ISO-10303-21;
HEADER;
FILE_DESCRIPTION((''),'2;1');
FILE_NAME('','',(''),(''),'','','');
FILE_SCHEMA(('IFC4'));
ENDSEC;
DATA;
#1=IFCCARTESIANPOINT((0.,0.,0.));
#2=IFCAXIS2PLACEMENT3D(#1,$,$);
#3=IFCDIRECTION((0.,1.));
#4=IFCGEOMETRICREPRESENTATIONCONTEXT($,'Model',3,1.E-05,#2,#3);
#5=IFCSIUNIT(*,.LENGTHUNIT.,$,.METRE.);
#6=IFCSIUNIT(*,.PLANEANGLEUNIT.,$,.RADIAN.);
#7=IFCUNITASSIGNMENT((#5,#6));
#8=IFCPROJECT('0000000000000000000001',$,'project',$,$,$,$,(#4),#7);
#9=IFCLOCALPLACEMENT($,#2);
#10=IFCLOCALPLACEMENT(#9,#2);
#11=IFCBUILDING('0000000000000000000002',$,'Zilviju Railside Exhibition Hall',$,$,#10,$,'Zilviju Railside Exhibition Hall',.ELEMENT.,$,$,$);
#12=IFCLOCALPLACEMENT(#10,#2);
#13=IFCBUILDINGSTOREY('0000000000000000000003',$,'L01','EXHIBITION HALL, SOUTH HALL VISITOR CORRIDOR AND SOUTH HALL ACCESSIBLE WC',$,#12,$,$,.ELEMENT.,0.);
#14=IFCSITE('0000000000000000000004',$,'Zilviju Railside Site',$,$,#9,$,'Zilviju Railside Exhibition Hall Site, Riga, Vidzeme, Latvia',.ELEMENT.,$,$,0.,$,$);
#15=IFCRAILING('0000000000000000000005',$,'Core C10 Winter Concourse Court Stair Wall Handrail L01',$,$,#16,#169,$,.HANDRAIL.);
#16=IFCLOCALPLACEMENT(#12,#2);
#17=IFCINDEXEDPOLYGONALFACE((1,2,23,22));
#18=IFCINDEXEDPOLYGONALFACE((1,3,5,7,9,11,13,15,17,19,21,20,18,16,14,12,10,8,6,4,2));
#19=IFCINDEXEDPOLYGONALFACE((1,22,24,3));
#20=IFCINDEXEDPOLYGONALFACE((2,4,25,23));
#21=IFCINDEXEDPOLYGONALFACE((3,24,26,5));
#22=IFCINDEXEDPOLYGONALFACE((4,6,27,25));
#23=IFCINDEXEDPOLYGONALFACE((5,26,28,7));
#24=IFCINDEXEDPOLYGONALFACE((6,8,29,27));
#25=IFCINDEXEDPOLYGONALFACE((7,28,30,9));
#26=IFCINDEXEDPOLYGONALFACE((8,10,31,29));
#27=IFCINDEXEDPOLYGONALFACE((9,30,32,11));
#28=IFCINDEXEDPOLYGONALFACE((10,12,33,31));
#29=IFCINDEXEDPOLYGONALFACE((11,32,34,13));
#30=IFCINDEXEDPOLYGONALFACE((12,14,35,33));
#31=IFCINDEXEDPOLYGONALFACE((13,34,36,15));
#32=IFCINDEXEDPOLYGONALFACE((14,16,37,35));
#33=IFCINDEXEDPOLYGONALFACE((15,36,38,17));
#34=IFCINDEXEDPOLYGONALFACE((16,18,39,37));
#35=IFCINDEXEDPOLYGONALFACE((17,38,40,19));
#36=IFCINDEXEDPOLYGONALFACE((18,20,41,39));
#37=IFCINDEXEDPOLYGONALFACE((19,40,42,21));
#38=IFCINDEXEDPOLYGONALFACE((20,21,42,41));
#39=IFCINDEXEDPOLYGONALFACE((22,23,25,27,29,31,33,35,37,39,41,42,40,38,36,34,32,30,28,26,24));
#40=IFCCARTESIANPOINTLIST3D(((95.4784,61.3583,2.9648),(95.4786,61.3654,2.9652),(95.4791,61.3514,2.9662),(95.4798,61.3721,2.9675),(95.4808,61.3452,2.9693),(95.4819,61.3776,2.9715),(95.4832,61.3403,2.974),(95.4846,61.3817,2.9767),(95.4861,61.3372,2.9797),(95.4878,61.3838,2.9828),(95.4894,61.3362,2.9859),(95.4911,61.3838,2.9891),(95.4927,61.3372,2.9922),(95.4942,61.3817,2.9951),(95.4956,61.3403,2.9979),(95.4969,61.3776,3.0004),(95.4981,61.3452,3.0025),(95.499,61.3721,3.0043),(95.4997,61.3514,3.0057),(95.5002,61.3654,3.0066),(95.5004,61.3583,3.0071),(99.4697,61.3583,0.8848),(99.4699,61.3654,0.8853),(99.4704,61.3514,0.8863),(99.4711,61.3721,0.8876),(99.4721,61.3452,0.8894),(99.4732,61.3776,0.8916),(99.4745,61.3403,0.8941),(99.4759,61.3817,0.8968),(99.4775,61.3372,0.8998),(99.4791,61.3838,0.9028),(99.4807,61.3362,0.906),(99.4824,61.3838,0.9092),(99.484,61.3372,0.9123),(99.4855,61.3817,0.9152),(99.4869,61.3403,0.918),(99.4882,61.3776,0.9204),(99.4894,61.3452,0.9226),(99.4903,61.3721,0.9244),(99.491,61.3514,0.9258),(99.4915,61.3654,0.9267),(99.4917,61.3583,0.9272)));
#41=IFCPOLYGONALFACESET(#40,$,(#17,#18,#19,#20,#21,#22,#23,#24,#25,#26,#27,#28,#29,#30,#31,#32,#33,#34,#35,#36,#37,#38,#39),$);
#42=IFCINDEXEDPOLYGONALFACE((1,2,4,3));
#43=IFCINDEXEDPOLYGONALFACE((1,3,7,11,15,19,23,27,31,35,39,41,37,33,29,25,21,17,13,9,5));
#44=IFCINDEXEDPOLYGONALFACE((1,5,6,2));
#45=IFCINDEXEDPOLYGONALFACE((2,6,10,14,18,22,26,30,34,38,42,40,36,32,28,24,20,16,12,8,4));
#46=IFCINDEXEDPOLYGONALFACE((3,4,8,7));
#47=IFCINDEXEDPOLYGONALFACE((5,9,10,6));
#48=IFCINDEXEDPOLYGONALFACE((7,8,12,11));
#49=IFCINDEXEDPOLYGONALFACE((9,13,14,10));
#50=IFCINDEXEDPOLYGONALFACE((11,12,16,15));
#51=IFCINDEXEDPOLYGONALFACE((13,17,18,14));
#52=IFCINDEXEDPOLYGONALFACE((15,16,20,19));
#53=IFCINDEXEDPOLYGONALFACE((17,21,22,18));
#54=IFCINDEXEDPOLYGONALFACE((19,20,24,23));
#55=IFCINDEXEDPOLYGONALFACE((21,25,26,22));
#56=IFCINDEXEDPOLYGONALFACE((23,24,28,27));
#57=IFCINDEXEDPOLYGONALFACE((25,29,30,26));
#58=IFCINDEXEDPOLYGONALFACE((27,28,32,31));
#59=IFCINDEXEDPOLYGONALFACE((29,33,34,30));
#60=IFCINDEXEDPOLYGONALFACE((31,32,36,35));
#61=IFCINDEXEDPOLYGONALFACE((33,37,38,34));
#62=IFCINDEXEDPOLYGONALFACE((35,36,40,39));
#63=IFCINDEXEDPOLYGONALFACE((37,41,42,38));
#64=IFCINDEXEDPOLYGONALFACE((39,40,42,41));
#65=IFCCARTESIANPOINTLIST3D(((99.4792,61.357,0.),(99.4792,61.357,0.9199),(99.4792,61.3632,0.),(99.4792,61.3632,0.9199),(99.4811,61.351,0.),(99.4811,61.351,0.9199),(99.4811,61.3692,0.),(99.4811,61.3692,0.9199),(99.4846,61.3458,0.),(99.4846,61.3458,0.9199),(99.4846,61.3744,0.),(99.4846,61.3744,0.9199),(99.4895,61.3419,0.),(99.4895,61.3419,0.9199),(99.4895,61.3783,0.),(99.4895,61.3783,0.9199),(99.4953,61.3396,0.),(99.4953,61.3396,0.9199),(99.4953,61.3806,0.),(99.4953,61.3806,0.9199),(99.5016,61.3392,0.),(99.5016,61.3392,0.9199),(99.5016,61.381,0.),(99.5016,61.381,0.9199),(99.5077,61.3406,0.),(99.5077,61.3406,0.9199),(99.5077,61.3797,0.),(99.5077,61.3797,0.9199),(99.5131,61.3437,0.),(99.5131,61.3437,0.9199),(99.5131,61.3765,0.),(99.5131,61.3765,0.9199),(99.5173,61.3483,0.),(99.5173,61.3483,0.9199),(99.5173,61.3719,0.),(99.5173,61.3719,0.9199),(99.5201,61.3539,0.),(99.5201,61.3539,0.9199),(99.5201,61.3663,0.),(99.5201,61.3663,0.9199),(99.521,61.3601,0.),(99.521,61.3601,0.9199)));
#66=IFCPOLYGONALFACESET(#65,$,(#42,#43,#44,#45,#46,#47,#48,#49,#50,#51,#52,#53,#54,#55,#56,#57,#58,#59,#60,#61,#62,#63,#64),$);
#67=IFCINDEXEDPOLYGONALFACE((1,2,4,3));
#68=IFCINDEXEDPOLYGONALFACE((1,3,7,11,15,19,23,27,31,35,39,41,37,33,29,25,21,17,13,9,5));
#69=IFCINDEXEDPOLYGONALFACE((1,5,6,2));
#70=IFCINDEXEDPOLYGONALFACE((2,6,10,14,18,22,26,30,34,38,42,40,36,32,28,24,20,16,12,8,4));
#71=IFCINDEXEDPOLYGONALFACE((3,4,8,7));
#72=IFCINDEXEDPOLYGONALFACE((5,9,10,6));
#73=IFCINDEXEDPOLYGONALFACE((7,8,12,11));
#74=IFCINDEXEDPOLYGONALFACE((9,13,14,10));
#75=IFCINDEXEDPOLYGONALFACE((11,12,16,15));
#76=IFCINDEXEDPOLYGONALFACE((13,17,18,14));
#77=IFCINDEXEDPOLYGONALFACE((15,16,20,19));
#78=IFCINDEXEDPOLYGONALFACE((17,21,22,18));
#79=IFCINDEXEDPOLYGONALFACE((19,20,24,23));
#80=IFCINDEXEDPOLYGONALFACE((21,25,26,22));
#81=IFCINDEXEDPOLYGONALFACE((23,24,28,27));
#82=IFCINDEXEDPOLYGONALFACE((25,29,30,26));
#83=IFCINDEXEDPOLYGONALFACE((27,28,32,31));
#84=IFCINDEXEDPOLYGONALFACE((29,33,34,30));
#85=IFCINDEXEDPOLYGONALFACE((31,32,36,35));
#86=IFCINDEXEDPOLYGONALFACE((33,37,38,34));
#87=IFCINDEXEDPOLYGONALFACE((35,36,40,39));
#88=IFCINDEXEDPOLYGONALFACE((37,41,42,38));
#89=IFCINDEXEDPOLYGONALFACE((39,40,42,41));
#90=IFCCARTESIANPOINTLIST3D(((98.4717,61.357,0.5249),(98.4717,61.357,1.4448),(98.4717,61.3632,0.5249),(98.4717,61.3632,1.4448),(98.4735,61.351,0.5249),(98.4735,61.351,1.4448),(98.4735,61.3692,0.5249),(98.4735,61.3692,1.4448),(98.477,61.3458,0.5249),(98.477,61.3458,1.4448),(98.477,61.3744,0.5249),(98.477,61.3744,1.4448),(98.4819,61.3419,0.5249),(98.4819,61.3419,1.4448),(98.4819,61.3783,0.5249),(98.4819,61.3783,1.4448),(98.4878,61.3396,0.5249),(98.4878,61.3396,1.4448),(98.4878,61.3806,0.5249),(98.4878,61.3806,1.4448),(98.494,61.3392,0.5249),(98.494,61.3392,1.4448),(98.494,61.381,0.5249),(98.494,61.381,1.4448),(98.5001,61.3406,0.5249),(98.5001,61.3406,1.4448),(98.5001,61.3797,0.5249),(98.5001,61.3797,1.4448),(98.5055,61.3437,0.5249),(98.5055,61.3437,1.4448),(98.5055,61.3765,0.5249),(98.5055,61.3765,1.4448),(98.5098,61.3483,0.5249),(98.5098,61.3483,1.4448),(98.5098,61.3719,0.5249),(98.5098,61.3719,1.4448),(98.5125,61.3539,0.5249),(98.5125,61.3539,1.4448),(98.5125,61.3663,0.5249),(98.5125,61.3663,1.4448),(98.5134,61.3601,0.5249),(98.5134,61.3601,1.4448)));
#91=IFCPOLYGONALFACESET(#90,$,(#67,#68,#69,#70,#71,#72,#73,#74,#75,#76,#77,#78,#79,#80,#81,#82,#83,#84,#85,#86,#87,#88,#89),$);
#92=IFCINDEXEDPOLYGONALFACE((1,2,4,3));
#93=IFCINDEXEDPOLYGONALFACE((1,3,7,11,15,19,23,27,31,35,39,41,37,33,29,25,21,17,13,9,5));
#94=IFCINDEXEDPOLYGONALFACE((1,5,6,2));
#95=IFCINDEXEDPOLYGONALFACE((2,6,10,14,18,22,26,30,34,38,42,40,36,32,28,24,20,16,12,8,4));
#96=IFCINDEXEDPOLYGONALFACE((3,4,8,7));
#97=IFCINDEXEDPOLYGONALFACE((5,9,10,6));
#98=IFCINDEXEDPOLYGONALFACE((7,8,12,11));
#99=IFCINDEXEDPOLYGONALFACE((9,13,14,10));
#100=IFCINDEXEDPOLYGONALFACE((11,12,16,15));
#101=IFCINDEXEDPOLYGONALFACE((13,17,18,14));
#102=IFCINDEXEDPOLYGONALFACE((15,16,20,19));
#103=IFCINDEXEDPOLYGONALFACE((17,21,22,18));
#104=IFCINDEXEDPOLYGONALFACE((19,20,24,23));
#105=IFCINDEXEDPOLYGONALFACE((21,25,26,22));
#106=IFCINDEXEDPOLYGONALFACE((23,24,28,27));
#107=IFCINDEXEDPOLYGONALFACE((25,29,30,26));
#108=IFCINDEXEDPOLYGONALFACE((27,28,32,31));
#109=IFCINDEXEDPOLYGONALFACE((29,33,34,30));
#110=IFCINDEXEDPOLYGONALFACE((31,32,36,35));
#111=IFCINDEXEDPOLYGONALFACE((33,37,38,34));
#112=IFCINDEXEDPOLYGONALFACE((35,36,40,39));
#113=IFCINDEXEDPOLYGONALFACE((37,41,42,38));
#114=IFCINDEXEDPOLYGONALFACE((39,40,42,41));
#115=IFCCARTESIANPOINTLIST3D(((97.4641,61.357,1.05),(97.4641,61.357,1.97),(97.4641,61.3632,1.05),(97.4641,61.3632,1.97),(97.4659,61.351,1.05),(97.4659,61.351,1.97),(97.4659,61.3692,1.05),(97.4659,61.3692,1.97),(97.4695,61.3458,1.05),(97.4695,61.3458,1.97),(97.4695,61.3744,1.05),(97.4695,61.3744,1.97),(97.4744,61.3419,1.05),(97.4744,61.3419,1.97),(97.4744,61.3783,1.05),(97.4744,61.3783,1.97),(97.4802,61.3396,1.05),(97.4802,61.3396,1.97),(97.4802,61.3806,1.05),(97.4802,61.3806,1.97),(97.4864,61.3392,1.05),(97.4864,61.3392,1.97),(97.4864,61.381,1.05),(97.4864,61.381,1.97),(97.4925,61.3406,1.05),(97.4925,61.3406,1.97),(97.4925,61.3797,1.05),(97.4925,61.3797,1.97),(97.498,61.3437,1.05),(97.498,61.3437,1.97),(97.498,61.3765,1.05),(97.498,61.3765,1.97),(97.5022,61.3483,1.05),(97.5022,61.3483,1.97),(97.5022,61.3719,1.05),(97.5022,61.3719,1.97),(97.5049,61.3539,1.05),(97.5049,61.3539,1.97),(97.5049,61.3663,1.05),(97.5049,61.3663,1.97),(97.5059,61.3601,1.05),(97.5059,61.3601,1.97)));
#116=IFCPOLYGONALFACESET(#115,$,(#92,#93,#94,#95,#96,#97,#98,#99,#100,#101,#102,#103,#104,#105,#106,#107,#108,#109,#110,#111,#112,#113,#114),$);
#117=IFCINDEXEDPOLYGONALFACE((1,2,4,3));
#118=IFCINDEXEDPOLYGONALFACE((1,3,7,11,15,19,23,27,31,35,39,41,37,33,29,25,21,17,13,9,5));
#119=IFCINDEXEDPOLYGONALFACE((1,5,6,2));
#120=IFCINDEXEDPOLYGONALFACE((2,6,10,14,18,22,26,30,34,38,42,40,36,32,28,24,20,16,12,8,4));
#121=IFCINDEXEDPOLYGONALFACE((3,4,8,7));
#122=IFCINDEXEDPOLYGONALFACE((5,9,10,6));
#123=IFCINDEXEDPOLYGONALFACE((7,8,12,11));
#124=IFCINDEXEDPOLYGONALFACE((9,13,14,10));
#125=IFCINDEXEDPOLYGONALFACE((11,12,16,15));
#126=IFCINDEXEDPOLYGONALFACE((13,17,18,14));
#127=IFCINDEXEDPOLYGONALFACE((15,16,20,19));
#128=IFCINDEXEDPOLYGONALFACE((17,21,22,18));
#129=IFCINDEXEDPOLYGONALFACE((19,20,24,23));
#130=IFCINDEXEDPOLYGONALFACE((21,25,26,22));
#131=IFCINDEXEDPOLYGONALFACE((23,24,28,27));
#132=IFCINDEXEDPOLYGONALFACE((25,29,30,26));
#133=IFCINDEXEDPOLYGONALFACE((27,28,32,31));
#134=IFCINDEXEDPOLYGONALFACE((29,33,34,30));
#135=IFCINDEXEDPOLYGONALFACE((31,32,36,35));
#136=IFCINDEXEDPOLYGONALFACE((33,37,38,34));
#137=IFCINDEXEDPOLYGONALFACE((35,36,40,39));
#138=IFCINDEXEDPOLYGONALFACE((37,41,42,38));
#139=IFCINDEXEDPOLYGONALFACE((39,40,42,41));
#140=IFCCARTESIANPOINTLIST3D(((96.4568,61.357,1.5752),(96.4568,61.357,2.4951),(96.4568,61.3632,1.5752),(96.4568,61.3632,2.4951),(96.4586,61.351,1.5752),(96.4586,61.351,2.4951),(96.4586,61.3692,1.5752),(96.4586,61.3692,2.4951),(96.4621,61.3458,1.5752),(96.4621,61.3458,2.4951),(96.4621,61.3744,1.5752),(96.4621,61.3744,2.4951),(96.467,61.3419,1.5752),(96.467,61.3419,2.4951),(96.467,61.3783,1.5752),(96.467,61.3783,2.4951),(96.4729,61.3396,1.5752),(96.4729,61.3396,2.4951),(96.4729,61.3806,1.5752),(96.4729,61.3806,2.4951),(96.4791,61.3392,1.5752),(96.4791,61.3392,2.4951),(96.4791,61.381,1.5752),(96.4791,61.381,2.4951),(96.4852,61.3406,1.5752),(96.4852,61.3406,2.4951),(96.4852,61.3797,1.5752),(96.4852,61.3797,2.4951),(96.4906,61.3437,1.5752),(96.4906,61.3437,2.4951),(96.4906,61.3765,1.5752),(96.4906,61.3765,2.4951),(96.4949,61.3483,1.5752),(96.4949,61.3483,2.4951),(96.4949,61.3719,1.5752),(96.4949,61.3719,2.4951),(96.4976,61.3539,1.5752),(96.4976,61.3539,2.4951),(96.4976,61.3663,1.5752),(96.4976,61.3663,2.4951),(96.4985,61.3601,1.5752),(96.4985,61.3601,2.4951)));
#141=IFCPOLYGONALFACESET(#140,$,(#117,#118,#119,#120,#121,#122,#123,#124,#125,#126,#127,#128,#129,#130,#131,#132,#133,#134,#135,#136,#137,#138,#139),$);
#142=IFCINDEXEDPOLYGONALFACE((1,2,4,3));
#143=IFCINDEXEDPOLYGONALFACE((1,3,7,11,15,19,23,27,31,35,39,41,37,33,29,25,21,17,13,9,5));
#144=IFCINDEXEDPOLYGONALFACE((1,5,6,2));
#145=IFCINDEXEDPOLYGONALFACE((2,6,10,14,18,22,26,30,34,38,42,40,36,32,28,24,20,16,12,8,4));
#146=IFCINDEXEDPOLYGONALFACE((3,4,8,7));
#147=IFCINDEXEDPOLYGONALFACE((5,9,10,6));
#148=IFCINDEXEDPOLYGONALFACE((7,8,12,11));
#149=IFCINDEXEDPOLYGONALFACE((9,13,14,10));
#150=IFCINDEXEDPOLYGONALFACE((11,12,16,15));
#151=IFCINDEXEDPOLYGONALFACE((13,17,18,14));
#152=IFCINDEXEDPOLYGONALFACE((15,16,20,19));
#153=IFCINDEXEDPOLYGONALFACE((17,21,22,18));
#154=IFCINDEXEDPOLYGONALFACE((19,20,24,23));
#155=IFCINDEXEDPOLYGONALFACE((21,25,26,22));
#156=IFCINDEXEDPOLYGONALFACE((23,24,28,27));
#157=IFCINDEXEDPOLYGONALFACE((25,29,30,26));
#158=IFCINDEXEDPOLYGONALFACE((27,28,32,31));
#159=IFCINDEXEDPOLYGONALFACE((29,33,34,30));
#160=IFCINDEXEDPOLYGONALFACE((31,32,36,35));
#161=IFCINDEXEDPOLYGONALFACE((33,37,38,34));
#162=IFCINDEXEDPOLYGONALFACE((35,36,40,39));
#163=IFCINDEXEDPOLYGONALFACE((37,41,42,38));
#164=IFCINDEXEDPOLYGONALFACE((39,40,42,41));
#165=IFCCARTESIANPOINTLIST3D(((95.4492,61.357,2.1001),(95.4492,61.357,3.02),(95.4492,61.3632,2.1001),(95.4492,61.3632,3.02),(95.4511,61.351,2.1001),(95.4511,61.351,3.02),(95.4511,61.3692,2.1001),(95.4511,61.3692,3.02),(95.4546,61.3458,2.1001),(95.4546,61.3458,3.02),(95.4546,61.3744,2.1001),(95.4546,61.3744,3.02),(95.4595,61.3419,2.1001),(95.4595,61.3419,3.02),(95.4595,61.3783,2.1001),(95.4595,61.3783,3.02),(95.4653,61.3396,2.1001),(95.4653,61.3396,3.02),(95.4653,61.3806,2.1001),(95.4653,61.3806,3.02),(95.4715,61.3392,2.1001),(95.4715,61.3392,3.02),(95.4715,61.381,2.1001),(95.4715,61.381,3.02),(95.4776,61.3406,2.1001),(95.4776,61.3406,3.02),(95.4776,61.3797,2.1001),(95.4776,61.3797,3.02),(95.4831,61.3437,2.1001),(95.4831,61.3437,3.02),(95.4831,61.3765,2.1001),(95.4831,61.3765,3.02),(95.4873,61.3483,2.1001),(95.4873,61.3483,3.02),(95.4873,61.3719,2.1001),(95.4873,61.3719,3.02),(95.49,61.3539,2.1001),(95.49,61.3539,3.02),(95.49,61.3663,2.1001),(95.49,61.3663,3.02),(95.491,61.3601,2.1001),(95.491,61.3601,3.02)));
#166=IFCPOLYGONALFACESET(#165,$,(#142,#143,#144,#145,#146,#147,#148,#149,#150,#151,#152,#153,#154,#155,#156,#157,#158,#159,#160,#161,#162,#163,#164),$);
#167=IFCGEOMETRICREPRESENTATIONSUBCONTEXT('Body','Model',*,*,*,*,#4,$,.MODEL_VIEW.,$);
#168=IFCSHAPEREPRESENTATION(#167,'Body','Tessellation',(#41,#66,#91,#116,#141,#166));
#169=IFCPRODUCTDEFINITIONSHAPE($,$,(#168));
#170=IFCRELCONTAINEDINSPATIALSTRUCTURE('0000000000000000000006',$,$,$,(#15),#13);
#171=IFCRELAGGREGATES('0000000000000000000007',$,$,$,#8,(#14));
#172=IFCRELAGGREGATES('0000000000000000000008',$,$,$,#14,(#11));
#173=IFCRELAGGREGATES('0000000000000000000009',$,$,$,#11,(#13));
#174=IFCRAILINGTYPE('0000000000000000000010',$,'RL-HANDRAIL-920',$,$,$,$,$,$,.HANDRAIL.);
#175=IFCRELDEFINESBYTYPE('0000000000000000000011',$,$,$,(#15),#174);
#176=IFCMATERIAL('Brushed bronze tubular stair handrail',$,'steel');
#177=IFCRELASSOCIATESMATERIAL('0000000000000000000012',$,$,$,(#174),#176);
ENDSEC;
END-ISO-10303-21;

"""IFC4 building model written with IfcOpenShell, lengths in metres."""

from ifc_helpers import new_model, si_unit, direction, frame, origin, origin_2d, place, context, subcontext, project, spatial, circle, extrude, material, type_object, element, save


model = new_model("IFC4")

# Units and contexts
model_context = context("Model", 3, precision=1e-05, world=origin(), true_north=direction((0.0, 1.0)))
body_context = subcontext(model_context, "Body", "Model", "MODEL_VIEW")
ifc_project = project(units=[si_unit("LENGTHUNIT", "METRE"), si_unit("PLANEANGLEUNIT", "RADIAN")], contexts=[model_context])

# Site, building, storey
site_placement = place(None, origin())
site = spatial("IfcSite", under=ifc_project, at=site_placement, Name="Zilviju Railside Site", LongName="Zilviju Railside Exhibition Hall Site, Riga, Vidzeme, Latvia", CompositionType="ELEMENT", RefElevation=0.0)
building_placement = place(site_placement, origin())
building = spatial("IfcBuilding", under=site, at=building_placement, Name="Zilviju Railside Exhibition Hall", LongName="Zilviju Railside Exhibition Hall", CompositionType="ELEMENT")
storey_placement = place(building_placement, origin())
storey = spatial("IfcBuildingStorey", under=building, at=storey_placement, Name="L01", Description="EXHIBITION HALL, SOUTH HALL VISITOR CORRIDOR AND SOUTH HALL ACCESSIBLE WC", CompositionType="ELEMENT", Elevation=0.0)

# Railing
ifc_material_1 = material(Name="Brushed bronze tubular stair handrail", Category="steel")
railing_type_1 = type_object("IfcRailingType", Name="RL-HANDRAIL-920", PredefinedType="HANDRAIL", material=ifc_material_1)
railing_placement = place(storey_placement, frame((99.5, 61.3601, 0.0)))
element("IfcRailing", 1, at=railing_placement, inside=storey, type_object=railing_type_1, Name="Core C10 Winter Concourse Court Stair Wall Handrail L01", PredefinedType="HANDRAIL", context=body_context, shape_type="SweptSolid", body=[
    extrude(circle(Radius=0.0239, at=origin_2d()), frame((-0.0193, 0.0, 0.906), z_axis=(-0.886813, 0.0, 0.462129), x_axis=(0.0, -1.0, 0.0)), (0.0, 0.0, 1.0), 4.5007),
    extrude(circle(Radius=0.021, at=origin_2d()), origin(), (0.0, 0.0, 1.0), 0.9199),
    extrude(circle(Radius=0.021, at=origin_2d()), frame((-1.0076, 0.0, 0.5249)), (0.0, 0.0, 1.0), 0.9199),
    extrude(circle(Radius=0.021, at=origin_2d()), frame((-2.0151, 0.0, 1.05)), (0.0, 0.0, 1.0), 0.9199),
    extrude(circle(Radius=0.021, at=origin_2d()), frame((-3.0225, 0.0, 1.5752)), (0.0, 0.0, 1.0), 0.9199),
    extrude(circle(Radius=0.021, at=origin_2d()), frame((-4.03, 0.0, 2.1001)), (0.0, 0.0, 1.0), 0.9199),
])

save(model, "model.ifc")
